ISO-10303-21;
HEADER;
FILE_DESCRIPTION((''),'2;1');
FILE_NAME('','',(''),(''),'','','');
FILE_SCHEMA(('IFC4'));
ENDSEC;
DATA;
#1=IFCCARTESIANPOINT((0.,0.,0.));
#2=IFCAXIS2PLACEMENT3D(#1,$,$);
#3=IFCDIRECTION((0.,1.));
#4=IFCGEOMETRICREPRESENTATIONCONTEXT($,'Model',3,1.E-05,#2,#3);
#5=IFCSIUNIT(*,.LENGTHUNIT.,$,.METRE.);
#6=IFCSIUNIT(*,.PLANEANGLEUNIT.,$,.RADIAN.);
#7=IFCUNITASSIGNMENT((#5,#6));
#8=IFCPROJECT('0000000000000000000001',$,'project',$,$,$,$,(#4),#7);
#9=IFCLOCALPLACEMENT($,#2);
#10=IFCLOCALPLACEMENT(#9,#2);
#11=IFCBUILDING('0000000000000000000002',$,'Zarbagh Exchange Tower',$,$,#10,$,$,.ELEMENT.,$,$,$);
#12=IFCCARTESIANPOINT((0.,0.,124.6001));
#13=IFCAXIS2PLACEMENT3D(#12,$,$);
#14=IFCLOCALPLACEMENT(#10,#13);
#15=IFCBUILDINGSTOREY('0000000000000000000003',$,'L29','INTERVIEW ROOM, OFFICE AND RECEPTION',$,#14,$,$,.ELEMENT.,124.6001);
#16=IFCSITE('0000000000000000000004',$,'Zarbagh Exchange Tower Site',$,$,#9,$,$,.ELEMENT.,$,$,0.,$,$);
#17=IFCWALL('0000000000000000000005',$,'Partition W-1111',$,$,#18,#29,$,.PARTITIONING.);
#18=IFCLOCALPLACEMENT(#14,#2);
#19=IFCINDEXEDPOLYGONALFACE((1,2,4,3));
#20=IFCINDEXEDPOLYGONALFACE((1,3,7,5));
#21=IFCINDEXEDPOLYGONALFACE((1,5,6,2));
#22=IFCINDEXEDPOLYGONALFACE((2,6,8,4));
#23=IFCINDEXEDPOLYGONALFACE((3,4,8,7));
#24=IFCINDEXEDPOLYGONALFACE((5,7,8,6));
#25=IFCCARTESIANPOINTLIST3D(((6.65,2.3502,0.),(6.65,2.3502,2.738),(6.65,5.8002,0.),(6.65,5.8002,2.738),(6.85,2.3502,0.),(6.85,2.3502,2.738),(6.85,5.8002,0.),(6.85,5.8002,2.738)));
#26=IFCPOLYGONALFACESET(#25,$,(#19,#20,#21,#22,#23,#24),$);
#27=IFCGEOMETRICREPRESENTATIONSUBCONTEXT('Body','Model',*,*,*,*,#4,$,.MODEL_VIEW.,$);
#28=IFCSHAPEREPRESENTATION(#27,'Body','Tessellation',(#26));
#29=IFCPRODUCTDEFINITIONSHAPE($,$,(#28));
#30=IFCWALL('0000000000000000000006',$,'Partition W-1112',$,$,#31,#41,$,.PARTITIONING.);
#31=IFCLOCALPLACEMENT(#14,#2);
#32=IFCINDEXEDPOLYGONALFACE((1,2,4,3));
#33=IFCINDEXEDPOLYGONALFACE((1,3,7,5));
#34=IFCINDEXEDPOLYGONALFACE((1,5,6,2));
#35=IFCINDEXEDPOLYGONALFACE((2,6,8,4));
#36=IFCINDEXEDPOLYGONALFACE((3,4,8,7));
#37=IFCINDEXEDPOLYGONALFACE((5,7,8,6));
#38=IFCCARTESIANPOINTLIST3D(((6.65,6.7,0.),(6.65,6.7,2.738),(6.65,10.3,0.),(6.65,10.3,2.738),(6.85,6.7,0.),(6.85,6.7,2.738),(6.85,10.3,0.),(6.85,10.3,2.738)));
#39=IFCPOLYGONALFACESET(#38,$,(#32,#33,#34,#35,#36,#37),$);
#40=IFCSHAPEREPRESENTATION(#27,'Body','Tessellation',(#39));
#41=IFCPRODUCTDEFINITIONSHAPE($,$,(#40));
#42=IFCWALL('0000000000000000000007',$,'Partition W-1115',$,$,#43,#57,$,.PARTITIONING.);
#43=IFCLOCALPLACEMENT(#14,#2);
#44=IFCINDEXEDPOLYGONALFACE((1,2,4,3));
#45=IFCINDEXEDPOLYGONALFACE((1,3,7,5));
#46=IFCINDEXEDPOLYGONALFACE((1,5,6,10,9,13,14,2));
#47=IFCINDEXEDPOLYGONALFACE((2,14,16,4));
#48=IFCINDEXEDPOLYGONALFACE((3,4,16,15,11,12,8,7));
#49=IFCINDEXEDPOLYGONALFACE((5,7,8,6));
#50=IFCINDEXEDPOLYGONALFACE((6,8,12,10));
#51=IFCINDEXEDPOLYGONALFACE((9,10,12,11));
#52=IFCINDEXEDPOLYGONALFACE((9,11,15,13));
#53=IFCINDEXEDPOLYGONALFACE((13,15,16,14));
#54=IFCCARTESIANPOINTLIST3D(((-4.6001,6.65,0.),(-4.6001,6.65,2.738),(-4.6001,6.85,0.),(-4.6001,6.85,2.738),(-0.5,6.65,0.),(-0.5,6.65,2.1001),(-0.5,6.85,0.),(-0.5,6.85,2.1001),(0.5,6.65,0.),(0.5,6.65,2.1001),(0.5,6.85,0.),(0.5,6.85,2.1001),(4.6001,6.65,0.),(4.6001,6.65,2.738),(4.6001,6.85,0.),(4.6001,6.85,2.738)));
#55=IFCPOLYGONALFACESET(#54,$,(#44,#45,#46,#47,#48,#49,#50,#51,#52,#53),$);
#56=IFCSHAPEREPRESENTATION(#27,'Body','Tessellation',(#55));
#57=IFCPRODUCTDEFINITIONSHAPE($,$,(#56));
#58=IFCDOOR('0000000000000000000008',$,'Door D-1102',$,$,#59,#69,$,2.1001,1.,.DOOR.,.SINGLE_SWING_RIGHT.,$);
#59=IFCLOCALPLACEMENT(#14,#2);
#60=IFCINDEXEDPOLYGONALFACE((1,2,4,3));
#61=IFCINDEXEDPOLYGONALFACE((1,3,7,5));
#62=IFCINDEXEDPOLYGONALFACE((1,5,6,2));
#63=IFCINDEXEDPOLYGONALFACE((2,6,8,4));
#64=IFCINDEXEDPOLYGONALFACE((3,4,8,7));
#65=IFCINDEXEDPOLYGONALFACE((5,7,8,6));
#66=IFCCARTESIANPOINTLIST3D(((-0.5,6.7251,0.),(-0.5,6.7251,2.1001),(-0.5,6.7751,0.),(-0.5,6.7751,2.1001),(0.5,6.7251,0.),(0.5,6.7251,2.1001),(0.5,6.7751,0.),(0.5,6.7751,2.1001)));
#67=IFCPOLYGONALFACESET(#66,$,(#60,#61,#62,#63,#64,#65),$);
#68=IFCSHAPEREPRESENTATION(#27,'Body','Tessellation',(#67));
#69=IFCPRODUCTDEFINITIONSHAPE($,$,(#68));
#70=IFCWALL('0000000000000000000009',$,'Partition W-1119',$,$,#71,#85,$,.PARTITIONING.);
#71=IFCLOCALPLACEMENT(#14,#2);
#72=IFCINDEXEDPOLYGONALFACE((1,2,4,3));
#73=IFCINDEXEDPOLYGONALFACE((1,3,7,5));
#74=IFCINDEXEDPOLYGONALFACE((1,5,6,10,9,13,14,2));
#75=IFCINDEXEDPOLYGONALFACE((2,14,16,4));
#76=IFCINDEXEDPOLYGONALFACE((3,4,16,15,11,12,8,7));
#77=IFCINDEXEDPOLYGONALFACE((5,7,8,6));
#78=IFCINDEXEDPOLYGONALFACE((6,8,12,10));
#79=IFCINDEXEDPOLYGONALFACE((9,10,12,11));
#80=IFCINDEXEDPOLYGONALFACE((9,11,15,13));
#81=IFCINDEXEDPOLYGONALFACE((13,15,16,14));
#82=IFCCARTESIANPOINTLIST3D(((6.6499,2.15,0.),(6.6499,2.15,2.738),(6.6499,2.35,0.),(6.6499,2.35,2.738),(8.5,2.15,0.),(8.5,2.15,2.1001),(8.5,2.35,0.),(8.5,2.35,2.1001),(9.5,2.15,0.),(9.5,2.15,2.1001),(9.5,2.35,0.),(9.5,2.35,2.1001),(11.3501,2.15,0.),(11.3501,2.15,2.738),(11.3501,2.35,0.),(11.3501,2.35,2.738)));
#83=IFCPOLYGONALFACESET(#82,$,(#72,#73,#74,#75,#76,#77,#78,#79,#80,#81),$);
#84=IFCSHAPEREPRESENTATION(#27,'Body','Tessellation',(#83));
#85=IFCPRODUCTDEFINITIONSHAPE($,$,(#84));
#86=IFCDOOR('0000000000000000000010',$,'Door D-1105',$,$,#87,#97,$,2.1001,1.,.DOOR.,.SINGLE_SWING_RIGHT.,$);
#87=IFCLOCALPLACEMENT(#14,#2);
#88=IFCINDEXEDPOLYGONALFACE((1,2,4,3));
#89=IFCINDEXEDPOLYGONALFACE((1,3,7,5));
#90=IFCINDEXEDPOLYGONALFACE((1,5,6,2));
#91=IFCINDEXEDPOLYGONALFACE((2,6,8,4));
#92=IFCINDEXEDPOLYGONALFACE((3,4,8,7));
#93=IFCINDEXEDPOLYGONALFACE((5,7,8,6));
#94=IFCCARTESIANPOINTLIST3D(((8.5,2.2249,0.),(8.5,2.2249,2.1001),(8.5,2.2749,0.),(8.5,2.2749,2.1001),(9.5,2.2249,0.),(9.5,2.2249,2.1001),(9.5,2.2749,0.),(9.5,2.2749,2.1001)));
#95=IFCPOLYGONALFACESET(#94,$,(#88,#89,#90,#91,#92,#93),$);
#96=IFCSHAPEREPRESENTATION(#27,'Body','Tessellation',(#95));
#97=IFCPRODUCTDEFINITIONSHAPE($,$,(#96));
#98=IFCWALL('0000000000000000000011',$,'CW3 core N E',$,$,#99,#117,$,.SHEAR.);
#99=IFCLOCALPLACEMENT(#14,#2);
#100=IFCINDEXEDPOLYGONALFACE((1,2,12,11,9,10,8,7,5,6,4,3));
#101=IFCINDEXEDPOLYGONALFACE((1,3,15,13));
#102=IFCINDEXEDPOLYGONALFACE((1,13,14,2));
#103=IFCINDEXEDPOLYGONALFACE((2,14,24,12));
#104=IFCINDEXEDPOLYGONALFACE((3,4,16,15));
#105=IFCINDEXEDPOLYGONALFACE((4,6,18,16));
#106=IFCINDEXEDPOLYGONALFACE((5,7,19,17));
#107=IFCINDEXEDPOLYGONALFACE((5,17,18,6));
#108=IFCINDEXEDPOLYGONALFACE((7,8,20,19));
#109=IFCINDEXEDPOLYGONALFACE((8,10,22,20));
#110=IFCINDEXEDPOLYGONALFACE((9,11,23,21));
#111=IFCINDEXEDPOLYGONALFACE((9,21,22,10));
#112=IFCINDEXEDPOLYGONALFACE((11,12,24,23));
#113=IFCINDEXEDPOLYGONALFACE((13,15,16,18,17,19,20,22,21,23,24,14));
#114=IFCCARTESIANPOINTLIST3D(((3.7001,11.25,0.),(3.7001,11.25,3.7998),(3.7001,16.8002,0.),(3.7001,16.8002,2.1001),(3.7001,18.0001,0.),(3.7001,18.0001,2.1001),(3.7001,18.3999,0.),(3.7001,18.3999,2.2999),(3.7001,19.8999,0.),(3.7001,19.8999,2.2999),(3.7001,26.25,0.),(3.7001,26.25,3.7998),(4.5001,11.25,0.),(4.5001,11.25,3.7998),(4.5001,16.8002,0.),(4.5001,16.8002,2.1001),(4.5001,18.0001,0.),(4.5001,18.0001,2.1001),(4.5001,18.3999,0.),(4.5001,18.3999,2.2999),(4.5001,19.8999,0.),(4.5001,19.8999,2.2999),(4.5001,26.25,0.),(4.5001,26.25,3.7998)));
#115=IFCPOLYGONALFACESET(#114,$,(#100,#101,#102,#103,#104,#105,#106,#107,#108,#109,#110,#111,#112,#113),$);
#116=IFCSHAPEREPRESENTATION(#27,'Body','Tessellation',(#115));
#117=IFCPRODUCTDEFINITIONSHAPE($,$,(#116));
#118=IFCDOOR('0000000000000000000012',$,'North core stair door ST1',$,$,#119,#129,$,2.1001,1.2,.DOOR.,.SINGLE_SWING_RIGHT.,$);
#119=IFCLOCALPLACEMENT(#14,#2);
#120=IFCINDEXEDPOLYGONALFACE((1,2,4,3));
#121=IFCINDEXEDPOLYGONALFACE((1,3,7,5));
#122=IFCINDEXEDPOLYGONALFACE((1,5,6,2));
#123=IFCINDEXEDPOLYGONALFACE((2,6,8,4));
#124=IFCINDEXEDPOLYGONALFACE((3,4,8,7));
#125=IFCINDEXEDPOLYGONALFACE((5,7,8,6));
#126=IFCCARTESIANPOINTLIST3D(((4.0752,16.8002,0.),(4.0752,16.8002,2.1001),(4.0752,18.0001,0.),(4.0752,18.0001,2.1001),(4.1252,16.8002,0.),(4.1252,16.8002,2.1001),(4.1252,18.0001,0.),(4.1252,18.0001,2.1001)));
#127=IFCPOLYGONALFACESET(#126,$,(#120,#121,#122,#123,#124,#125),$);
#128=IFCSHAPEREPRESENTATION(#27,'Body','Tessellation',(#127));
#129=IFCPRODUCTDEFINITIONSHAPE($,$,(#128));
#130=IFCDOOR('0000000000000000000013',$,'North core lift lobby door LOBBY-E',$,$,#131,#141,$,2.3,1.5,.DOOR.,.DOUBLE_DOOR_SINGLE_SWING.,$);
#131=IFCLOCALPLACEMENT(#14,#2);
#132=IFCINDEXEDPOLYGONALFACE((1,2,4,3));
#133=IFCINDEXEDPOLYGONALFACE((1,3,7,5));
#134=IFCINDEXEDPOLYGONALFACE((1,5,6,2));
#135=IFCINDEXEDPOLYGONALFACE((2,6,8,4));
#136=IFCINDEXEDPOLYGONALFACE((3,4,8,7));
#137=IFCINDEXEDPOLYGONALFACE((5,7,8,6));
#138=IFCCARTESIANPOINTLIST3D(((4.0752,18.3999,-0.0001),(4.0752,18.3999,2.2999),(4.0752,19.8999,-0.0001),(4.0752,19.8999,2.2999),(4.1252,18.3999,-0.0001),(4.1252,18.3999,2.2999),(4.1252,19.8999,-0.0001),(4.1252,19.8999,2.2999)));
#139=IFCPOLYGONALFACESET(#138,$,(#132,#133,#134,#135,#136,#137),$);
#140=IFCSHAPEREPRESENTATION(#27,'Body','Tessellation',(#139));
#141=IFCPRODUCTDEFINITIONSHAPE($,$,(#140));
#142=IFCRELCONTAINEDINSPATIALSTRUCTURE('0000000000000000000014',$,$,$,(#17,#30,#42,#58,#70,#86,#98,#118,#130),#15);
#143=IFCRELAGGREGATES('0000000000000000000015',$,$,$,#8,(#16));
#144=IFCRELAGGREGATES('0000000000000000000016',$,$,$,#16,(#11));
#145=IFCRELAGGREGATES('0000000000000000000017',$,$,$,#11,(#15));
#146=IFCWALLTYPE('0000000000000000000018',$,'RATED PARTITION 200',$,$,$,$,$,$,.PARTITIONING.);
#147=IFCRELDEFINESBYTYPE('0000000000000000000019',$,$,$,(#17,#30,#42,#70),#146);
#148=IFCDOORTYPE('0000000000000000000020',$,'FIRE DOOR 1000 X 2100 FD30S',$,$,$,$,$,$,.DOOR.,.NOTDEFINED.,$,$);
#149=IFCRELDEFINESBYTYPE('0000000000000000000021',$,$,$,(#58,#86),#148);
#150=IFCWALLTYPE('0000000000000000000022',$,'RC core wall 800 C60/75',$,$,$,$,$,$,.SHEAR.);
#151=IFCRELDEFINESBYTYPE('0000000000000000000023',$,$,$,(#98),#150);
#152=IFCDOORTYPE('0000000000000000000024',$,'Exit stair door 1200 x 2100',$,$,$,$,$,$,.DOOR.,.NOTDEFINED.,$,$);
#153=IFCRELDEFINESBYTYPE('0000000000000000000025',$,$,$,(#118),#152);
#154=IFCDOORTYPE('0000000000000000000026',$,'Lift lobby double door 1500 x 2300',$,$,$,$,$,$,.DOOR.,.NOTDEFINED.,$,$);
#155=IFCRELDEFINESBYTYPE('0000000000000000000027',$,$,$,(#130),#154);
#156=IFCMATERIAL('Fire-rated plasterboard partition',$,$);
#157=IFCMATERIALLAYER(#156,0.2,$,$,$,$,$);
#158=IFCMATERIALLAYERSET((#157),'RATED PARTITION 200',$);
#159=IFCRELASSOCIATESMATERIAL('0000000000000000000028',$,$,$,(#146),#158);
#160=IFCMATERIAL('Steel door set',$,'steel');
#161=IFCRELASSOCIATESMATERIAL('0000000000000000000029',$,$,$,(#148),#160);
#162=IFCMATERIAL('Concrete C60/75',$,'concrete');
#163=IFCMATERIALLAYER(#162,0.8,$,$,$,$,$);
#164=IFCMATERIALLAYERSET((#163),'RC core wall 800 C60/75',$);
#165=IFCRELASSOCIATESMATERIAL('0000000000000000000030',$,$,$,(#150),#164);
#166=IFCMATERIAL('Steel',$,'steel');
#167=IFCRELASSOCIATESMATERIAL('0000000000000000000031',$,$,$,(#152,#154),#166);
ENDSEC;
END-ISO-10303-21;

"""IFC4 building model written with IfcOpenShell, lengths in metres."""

from ifc_helpers import new_model, si_unit, direction, frame, frame_2d, origin, place, context, subcontext, project, spatial, rectangle, extrude, material, layer, layer_set, type_object, element, fill, save


model = new_model("IFC4")

# Units and contexts
model_context = context("Model", 3, precision=1e-05, world=origin(), true_north=direction((0.0, 1.0)))
body_context = subcontext(model_context, "Body", "Model", "MODEL_VIEW")
ifc_project = project(units=[si_unit("LENGTHUNIT", "METRE"), si_unit("PLANEANGLEUNIT", "RADIAN")], contexts=[model_context])

# Site, building, storey
site_placement = place(None, origin())
site = spatial("IfcSite", under=ifc_project, at=site_placement, Name="Zarbagh Exchange Tower Site", CompositionType="ELEMENT", RefElevation=0.0)
building_placement = place(site_placement, origin())
building = spatial("IfcBuilding", under=site, at=building_placement, Name="Zarbagh Exchange Tower", CompositionType="ELEMENT")
storey_placement = place(building_placement, frame((0.0, 0.0, 124.6001)))
storey = spatial("IfcBuildingStorey", under=building, at=storey_placement, Name="L29", Description="INTERVIEW ROOM, OFFICE AND RECEPTION", CompositionType="ELEMENT", Elevation=124.6001)

# Shared definitions
ifc_material_1 = material(Name="Concrete C60/75", Category="concrete")

# Walls
ifc_material_2 = material(Name="Fire-rated plasterboard partition")
ifc_layer_1 = layer(ifc_material_2, 0.2)
ifc_layer_set_1 = layer_set([ifc_layer_1], Name="RATED PARTITION 200")
wall_type_1 = type_object("IfcWallType", Name="RATED PARTITION 200", PredefinedType="PARTITIONING", material=ifc_layer_set_1)
wall_1_placement = place(storey_placement, frame((6.75, 2.3501, 0.0), z_axis=(0.0, 0.0, 1.0), x_axis=(0.0, 1.0, 0.0)))
element("IfcWall", 1, at=wall_1_placement, inside=storey, type_object=wall_type_1, Name="Partition W-1111", PredefinedType="PARTITIONING", context=body_context, shape_type="SweptSolid", body=[
    extrude(rectangle(XDim=3.45, YDim=0.2, at=frame_2d((1.7251, 0.0))), origin(), (0.0, 0.0, 1.0), 2.738),
])
wall_2_placement = place(storey_placement, frame((6.75, 6.7, 0.0), z_axis=(0.0, 0.0, 1.0), x_axis=(0.0, 1.0, 0.0)))
element("IfcWall", 2, at=wall_2_placement, inside=storey, type_object=wall_type_1, Name="Partition W-1112", PredefinedType="PARTITIONING", context=body_context, shape_type="SweptSolid", body=[
    extrude(rectangle(XDim=3.6001, YDim=0.2, at=frame_2d((1.8, 0.0))), origin(), (0.0, 0.0, 1.0), 2.738),
])

# Walls, openings, doors
wall_3_placement = place(storey_placement, frame((4.6001, 6.75, 0.0), z_axis=(0.0, 0.0, 1.0), x_axis=(-1.0, 0.0, 0.0)))
wall_3 = element("IfcWall", 3, at=wall_3_placement, inside=storey, type_object=wall_type_1, Name="Partition W-1115", PredefinedType="PARTITIONING", context=body_context, shape_type="SweptSolid", body=[
    extrude(rectangle(XDim=9.2002, YDim=0.2, at=frame_2d((4.6001, 0.0))), origin(), (0.0, 0.0, 1.0), 2.738),
])
opening_1_placement = place(wall_3_placement, frame((4.1001, 0.0, 0.0)))
opening_1 = element("IfcOpeningElement", 4, at=opening_1_placement, cuts=wall_3, PredefinedType="OPENING", context=body_context, shape_type="SweptSolid", body=[
    extrude(rectangle(XDim=1.0, YDim=2.1001, at=frame_2d((0.5, 1.05))), frame((0.0, 0.1099, 0.0), z_axis=(0.0, -1.0, 0.0), x_axis=(1.0, 0.0, 0.0)), (0.0, 0.0, 1.0), 0.22),
])
ifc_material_3 = material(Name="Steel door set", Category="steel")
door_type_1 = type_object("IfcDoorType", Name="FIRE DOOR 1000 X 2100 FD30S", OperationType="NOTDEFINED", PredefinedType="DOOR", material=ifc_material_3)
door_1_placement = place(opening_1_placement, origin())
door_1 = element("IfcDoor", 5, at=door_1_placement, inside=storey, type_object=door_type_1, Name="Door D-1102", OperationType="SINGLE_SWING_RIGHT", OverallHeight=2.1001, OverallWidth=1.0, PredefinedType="DOOR", context=body_context, shape_type="SweptSolid", body=[
    extrude(rectangle(XDim=1.0, YDim=2.1001, at=frame_2d((0.5, 1.05))), frame((0.0, 0.0249, 0.0), z_axis=(0.0, -1.0, 0.0), x_axis=(1.0, 0.0, 0.0)), (0.0, 0.0, 1.0), 0.05),
])
fill(opening_1, door_1)
wall_4_placement = place(storey_placement, frame((6.6499, 2.25, 0.0), z_axis=(0.0, 0.0, 1.0), x_axis=(1.0, 0.0, 0.0)))
wall_4 = element("IfcWall", 6, at=wall_4_placement, inside=storey, type_object=wall_type_1, Name="Partition W-1119", PredefinedType="PARTITIONING", context=body_context, shape_type="SweptSolid", body=[
    extrude(rectangle(XDim=4.7002, YDim=0.2, at=frame_2d((2.3501, 0.0))), origin(), (0.0, 0.0, 1.0), 2.738),
])
opening_2_placement = place(wall_4_placement, frame((1.8501, 0.0, 0.0)))
opening_2 = element("IfcOpeningElement", 7, at=opening_2_placement, cuts=wall_4, PredefinedType="OPENING", context=body_context, shape_type="SweptSolid", body=[
    extrude(rectangle(XDim=1.0, YDim=2.1001, at=frame_2d((0.5, 1.05))), frame((0.0, 0.1099, 0.0), z_axis=(0.0, -1.0, 0.0), x_axis=(1.0, 0.0, 0.0)), (0.0, 0.0, 1.0), 0.22),
])
door_2_placement = place(opening_2_placement, origin())
door_2 = element("IfcDoor", 8, at=door_2_placement, inside=storey, type_object=door_type_1, Name="Door D-1105", OperationType="SINGLE_SWING_RIGHT", OverallHeight=2.1001, OverallWidth=1.0, PredefinedType="DOOR", context=body_context, shape_type="SweptSolid", body=[
    extrude(rectangle(XDim=1.0, YDim=2.1001, at=frame_2d((0.5, 1.05))), frame((0.0, 0.0249, 0.0), z_axis=(0.0, -1.0, 0.0), x_axis=(1.0, 0.0, 0.0)), (0.0, 0.0, 1.0), 0.05),
])
fill(opening_2, door_2)

# Wall, openings, doors
ifc_layer_2 = layer(ifc_material_1, 0.8)
ifc_layer_set_2 = layer_set([ifc_layer_2], Name="RC core wall 800 C60/75")
wall_type_2 = type_object("IfcWallType", Name="RC core wall 800 C60/75", PredefinedType="SHEAR", material=ifc_layer_set_2)
wall_5_placement = place(storey_placement, frame((4.1001, 11.25, 0.0), z_axis=(0.0, 0.0, 1.0), x_axis=(0.0, 1.0, 0.0)))
wall_5 = element("IfcWall", 9, at=wall_5_placement, inside=storey, type_object=wall_type_2, Name="CW3 core N E", PredefinedType="SHEAR", context=body_context, shape_type="SweptSolid", body=[
    extrude(rectangle(XDim=15.0, YDim=0.8, at=frame_2d((7.5, 0.0))), origin(), (0.0, 0.0, 1.0), 3.7998),
])
opening_3_placement = place(wall_5_placement, frame((7.1499, 0.0, 0.0)))
opening_3 = element("IfcOpeningElement", 10, at=opening_3_placement, cuts=wall_5, PredefinedType="OPENING", context=body_context, shape_type="SweptSolid", body=[
    extrude(rectangle(XDim=1.5, YDim=2.3, at=frame_2d((0.75, 1.1499))), frame((0.0, 0.4099, 0.0), z_axis=(0.0, -1.0, 0.0), x_axis=(1.0, 0.0, 0.0)), (0.0, 0.0, 1.0), 0.8201),
])
opening_4_placement = place(wall_5_placement, frame((5.55, 0.0, 0.0)))
opening_4 = element("IfcOpeningElement", 11, at=opening_4_placement, cuts=wall_5, PredefinedType="OPENING", context=body_context, shape_type="SweptSolid", body=[
    extrude(rectangle(XDim=1.2, YDim=2.1001, at=frame_2d((0.6001, 1.05))), frame((0.0, 0.4099, 0.0), z_axis=(0.0, -1.0, 0.0), x_axis=(1.0, 0.0, 0.0)), (0.0, 0.0, 1.0), 0.8201),
])
ifc_material_4 = material(Name="Steel", Category="steel")
door_type_2 = type_object("IfcDoorType", Name="Exit stair door 1200 x 2100", OperationType="NOTDEFINED", PredefinedType="DOOR", material=ifc_material_4)
door_3_placement = place(opening_4_placement, origin())
door_3 = element("IfcDoor", 12, at=door_3_placement, inside=storey, type_object=door_type_2, Name="North core stair door ST1", OperationType="SINGLE_SWING_RIGHT", OverallHeight=2.1001, OverallWidth=1.2, PredefinedType="DOOR", context=body_context, shape_type="SweptSolid", body=[
    extrude(rectangle(XDim=1.2, YDim=2.1001, at=frame_2d((0.6001, 1.05))), frame((0.0, 0.0249, 0.0), z_axis=(0.0, -1.0, 0.0), x_axis=(1.0, 0.0, 0.0)), (0.0, 0.0, 1.0), 0.05),
])
fill(opening_4, door_3)
door_type_3 = type_object("IfcDoorType", Name="Lift lobby double door 1500 x 2300", OperationType="NOTDEFINED", PredefinedType="DOOR", material=ifc_material_4)
door_4_placement = place(opening_3_placement, origin())
door_4 = element("IfcDoor", 13, at=door_4_placement, inside=storey, type_object=door_type_3, Name="North core lift lobby door LOBBY-E", OperationType="DOUBLE_DOOR_SINGLE_SWING", OverallHeight=2.3, OverallWidth=1.5, PredefinedType="DOOR", context=body_context, shape_type="SweptSolid", body=[
    extrude(rectangle(XDim=1.5, YDim=2.3, at=frame_2d((0.75, 1.1499))), frame((0.0, 0.0249, 0.0), z_axis=(0.0, -1.0, 0.0), x_axis=(1.0, 0.0, 0.0)), (0.0, 0.0, 1.0), 0.05),
])
fill(opening_3, door_4)

save(model, "model.ifc")
